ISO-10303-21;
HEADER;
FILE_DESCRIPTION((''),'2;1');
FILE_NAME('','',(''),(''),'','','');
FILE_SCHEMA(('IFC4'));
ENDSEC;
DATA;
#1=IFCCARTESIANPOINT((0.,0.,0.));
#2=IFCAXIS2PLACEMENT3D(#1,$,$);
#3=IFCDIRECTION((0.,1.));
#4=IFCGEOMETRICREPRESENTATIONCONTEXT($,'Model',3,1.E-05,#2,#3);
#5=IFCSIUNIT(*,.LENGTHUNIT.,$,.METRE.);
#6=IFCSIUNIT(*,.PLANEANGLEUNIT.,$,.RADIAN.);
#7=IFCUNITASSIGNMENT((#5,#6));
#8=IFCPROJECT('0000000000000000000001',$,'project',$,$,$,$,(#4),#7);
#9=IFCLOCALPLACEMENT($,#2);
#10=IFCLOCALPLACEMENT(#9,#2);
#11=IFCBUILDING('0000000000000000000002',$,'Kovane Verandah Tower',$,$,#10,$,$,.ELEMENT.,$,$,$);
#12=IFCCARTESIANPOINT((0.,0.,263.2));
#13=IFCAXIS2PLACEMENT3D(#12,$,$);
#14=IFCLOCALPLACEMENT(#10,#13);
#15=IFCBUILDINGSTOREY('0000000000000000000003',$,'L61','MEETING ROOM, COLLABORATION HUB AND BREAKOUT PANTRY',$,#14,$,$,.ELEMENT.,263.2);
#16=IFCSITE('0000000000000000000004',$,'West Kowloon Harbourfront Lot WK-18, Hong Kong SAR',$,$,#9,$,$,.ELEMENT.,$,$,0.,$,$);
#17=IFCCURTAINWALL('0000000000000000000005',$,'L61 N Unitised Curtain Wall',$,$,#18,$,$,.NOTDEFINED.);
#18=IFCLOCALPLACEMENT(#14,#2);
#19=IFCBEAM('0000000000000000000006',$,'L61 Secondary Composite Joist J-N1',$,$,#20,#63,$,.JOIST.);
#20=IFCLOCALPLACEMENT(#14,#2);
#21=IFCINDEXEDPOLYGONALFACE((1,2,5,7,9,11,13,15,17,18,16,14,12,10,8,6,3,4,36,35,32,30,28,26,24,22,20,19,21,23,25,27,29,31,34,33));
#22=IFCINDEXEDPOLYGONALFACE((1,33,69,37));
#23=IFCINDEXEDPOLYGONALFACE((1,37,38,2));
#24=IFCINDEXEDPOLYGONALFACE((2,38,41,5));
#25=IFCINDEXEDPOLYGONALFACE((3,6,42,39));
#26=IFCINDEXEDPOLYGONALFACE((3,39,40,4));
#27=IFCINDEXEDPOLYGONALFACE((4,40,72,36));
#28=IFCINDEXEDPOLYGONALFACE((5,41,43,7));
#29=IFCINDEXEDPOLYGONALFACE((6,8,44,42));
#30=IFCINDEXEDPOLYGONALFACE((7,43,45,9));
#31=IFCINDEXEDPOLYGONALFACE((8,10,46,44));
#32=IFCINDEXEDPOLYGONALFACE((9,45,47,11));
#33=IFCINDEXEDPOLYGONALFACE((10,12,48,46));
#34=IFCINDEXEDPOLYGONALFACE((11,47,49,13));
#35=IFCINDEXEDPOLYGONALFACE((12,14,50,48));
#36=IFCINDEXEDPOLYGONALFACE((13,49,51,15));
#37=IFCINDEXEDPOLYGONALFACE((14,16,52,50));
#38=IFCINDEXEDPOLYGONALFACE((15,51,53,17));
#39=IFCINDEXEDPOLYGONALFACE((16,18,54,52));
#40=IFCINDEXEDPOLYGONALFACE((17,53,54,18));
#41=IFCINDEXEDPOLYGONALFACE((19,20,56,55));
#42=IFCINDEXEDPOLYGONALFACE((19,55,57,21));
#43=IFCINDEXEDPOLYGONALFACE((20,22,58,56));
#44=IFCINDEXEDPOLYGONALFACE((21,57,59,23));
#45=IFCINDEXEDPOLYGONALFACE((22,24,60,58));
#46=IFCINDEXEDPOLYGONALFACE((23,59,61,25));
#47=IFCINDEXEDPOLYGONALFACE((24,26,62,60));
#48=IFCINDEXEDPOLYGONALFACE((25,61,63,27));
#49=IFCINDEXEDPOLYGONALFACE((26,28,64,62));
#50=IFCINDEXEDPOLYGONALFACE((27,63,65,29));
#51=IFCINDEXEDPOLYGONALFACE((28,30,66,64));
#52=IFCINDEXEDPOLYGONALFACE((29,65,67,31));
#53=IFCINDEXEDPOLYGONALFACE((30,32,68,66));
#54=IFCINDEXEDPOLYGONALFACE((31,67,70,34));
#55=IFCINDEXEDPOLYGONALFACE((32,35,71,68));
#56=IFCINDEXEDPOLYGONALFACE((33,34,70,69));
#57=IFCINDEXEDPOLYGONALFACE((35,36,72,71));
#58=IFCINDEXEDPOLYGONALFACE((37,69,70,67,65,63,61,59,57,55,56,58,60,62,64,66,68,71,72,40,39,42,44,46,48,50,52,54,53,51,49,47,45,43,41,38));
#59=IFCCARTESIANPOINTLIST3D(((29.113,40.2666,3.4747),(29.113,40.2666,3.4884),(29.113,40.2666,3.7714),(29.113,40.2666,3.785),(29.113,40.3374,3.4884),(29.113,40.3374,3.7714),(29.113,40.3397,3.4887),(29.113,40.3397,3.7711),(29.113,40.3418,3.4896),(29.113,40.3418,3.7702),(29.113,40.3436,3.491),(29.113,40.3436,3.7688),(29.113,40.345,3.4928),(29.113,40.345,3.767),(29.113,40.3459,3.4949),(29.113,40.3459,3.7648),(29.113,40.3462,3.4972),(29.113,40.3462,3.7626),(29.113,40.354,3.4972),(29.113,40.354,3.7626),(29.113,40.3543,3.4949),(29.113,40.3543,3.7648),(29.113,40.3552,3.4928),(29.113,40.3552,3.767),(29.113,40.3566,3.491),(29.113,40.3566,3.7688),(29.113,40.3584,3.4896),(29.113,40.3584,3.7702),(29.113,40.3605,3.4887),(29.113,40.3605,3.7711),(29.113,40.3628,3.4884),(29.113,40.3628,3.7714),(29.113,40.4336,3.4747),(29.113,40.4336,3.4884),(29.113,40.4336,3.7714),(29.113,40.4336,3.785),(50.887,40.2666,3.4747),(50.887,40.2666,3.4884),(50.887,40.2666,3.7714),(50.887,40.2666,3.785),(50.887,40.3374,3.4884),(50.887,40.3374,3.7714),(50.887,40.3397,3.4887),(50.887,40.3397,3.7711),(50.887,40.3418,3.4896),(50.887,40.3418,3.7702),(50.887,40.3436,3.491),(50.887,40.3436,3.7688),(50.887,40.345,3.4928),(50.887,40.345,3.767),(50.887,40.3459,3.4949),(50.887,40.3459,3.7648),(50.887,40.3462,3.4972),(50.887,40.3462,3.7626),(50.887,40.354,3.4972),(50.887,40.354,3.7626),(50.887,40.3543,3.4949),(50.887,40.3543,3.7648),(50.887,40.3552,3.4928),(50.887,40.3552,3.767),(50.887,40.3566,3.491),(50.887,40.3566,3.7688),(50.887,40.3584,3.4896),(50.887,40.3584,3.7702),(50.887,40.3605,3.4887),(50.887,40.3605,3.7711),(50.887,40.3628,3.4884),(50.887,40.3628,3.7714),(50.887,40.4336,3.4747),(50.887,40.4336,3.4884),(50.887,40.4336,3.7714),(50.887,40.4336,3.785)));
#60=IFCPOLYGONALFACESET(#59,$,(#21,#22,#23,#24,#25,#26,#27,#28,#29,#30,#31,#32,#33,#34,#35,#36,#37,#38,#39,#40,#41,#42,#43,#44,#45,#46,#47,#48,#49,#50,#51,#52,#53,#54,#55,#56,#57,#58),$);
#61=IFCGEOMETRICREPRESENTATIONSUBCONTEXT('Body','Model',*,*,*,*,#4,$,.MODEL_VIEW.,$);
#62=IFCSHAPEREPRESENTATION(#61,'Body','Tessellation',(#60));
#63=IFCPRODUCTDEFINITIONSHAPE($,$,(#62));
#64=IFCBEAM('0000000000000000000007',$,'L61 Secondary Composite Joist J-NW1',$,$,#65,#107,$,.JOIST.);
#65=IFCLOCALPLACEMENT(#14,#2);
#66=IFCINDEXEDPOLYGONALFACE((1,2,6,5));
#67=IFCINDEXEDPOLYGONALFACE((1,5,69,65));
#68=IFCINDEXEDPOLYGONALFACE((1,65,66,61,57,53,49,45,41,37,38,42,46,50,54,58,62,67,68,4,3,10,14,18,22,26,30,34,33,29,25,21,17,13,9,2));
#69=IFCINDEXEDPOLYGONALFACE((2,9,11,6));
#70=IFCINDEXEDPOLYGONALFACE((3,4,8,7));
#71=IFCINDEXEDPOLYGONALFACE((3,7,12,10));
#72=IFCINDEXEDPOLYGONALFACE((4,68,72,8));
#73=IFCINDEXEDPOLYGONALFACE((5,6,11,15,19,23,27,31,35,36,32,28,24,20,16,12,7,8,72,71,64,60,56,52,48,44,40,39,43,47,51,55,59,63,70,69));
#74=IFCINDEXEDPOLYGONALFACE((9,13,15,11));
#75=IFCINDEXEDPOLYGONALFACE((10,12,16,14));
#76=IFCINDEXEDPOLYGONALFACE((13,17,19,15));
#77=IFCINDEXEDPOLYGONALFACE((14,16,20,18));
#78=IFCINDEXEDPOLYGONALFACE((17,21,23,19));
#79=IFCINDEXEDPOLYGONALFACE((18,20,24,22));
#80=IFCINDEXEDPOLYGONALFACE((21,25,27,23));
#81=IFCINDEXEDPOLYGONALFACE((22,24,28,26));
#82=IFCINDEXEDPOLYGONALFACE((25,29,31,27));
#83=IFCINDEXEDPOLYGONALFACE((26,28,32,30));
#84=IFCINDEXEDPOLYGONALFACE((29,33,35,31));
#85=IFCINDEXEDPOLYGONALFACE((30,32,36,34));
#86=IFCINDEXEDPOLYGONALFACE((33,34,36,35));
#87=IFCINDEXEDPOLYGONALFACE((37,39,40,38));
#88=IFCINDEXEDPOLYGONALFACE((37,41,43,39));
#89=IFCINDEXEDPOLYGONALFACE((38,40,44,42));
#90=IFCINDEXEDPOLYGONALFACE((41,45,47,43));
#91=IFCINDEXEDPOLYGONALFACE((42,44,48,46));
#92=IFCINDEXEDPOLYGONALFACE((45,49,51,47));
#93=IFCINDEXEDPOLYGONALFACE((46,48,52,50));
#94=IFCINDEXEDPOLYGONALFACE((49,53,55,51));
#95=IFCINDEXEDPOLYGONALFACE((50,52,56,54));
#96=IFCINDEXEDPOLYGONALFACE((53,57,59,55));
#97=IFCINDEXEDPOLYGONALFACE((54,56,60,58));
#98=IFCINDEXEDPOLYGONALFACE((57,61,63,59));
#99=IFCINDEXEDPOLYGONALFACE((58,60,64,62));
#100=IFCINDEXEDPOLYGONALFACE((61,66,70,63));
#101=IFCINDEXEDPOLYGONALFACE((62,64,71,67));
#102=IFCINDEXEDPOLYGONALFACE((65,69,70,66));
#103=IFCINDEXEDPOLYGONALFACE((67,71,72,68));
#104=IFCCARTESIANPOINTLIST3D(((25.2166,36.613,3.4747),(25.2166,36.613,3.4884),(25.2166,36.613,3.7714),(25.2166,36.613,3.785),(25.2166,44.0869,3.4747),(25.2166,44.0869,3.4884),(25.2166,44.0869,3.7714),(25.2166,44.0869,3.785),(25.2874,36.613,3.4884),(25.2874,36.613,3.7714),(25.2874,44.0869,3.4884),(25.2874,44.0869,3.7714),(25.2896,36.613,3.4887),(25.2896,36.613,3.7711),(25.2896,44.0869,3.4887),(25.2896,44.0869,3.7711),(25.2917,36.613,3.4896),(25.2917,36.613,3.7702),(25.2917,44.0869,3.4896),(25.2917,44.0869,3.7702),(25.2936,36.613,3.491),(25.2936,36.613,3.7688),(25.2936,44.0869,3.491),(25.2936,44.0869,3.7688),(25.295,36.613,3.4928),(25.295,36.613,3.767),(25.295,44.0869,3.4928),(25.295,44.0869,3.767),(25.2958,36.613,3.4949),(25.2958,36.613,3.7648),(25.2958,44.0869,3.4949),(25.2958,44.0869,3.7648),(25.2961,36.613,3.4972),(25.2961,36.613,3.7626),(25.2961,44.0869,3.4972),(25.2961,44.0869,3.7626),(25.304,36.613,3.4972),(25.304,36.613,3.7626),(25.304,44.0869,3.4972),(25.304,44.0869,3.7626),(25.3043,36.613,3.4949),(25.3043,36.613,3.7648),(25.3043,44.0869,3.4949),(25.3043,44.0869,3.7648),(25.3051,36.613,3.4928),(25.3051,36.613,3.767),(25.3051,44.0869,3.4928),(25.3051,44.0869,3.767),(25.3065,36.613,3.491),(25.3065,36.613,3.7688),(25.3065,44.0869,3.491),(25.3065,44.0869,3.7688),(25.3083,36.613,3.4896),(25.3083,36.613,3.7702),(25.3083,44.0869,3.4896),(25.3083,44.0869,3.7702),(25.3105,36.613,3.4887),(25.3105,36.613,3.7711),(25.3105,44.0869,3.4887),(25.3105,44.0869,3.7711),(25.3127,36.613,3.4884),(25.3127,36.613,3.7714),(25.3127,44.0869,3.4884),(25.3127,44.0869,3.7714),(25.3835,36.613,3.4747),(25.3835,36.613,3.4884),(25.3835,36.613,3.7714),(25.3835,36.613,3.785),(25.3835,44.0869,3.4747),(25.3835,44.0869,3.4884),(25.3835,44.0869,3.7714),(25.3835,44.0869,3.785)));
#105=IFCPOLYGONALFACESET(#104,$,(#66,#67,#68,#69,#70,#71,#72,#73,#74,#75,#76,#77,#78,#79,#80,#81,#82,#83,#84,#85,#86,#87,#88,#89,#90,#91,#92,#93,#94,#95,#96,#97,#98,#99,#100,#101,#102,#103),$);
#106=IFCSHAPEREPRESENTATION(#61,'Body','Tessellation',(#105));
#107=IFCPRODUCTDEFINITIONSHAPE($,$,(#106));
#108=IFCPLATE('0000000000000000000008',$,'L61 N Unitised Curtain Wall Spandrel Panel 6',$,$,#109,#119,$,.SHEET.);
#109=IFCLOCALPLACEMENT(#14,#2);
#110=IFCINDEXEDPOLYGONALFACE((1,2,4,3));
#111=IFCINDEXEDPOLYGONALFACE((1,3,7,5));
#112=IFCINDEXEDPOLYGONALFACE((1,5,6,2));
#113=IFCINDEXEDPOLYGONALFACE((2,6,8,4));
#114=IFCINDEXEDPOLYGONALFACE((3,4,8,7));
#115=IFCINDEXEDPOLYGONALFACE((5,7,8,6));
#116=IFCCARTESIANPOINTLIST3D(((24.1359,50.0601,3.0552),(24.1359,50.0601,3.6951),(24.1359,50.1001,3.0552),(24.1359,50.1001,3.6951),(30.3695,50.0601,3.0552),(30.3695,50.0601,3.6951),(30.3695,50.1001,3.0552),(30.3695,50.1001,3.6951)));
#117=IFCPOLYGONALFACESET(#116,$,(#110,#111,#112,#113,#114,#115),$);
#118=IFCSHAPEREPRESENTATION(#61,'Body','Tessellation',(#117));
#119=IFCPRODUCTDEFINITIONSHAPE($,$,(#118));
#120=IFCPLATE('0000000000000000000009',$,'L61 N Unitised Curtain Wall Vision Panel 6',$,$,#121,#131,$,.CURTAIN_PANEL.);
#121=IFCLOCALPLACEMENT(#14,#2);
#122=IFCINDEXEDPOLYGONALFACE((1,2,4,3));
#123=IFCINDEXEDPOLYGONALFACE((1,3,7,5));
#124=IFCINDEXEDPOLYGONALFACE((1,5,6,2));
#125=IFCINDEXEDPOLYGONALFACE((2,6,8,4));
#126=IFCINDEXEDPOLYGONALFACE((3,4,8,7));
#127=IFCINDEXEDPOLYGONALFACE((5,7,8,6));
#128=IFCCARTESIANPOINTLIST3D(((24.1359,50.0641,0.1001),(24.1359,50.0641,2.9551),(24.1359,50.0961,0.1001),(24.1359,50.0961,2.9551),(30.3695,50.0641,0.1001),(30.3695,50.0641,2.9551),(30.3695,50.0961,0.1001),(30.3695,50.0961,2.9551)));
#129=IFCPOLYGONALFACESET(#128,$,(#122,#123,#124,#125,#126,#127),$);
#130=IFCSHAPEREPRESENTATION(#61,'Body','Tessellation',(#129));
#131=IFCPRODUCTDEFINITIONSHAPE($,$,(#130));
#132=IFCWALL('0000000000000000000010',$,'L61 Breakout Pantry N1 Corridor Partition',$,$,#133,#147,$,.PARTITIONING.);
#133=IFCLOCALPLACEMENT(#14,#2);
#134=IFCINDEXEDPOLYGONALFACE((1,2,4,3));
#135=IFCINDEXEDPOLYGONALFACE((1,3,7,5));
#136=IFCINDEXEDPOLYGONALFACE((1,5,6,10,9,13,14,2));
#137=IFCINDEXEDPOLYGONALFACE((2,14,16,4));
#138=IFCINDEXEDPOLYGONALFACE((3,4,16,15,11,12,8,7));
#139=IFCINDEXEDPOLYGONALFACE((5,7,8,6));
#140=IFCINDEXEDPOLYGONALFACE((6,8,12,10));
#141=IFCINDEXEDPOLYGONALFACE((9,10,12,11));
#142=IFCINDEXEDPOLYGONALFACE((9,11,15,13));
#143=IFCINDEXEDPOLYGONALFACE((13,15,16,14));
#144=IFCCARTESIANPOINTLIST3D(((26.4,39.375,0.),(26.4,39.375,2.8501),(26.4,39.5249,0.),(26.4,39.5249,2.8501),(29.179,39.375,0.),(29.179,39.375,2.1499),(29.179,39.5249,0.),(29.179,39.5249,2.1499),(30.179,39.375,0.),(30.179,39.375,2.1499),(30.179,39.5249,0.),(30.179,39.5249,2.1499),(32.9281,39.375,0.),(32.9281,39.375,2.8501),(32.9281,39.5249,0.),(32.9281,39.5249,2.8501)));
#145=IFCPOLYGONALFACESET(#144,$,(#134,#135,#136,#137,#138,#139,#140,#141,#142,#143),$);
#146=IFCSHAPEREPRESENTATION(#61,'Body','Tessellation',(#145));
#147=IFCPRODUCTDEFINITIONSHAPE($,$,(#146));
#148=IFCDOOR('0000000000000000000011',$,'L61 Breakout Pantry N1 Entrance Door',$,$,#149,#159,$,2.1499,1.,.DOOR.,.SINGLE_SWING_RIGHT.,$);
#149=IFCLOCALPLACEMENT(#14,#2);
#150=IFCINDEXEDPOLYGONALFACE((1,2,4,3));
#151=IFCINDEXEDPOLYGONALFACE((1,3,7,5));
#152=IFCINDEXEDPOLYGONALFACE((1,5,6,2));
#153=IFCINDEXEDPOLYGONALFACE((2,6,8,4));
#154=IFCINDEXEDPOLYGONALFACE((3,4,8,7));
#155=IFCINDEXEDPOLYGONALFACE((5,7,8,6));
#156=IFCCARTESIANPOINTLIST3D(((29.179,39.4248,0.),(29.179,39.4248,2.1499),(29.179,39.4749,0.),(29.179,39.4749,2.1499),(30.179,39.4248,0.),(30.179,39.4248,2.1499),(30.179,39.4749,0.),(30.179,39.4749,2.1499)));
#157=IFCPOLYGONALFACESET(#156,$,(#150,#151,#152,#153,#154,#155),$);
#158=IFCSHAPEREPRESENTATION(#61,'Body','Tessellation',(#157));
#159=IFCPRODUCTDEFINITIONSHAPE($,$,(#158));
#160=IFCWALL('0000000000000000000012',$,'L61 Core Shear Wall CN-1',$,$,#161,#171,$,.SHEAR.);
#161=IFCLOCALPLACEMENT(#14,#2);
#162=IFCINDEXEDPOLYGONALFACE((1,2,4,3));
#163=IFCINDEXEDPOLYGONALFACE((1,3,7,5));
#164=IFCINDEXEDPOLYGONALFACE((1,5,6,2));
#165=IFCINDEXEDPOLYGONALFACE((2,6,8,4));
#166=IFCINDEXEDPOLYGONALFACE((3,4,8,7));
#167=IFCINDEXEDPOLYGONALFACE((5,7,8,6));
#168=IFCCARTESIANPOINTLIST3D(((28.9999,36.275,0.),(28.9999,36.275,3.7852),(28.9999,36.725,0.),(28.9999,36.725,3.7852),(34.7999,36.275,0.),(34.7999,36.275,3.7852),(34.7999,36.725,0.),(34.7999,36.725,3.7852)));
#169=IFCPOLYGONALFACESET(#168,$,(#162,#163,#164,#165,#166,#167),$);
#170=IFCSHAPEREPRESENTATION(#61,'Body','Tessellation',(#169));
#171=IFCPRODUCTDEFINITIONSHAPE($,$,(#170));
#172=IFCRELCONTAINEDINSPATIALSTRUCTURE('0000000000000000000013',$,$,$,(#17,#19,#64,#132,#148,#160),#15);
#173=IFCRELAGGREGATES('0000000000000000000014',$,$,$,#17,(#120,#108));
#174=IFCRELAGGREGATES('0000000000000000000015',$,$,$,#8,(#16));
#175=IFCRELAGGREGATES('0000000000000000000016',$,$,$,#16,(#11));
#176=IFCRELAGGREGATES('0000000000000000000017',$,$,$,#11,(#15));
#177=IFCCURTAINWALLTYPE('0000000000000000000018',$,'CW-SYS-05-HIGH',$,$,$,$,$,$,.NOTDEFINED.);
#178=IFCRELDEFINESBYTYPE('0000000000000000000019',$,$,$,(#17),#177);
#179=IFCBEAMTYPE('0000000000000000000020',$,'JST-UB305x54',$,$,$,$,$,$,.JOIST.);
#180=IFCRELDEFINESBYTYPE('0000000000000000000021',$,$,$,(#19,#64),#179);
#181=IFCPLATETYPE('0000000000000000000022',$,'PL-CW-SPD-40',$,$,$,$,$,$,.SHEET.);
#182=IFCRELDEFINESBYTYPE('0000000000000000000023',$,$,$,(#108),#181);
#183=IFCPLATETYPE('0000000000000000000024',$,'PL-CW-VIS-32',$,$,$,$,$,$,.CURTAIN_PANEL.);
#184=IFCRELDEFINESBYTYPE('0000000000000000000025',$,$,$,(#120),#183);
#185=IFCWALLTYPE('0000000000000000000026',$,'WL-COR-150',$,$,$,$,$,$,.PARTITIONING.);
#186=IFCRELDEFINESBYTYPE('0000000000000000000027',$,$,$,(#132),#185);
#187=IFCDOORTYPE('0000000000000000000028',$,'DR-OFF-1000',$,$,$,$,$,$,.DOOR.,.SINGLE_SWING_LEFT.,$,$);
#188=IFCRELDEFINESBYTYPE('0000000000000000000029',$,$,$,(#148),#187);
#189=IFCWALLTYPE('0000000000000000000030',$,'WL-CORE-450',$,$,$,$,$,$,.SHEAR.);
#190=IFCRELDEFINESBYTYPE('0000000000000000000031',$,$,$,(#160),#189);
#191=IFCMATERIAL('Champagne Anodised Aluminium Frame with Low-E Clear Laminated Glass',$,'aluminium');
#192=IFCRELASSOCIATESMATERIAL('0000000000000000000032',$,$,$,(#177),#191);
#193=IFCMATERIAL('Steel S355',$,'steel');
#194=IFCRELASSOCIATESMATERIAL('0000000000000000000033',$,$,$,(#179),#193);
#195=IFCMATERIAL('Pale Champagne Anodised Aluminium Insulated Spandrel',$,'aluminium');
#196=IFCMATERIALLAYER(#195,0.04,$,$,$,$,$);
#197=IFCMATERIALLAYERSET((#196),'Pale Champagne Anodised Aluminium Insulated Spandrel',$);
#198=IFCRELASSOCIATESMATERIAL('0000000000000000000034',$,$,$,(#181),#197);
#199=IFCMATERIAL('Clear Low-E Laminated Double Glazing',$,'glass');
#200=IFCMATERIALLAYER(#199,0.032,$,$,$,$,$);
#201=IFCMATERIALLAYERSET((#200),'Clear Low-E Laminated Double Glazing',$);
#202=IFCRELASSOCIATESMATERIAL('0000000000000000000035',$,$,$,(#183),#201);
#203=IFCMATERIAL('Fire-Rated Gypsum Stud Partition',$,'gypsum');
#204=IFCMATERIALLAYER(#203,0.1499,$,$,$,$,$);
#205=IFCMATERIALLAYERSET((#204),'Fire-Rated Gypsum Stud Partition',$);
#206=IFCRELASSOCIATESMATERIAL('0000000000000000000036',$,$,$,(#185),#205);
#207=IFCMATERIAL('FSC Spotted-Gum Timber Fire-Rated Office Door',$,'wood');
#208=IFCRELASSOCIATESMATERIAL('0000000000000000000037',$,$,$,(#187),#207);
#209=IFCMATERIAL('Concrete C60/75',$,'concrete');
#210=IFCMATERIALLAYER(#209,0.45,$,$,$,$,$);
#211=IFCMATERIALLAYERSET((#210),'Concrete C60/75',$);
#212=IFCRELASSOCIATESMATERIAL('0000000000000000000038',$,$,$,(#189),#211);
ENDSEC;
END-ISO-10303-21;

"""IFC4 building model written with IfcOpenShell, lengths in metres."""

from ifc_helpers import new_model, si_unit, direction, frame, frame_2d, origin, origin_2d, place, context, subcontext, project, spatial, rectangle, i_section, extrude, material, layer, layer_set, material_profile, profile_set, type_object, element, fill, aggregate, save


model = new_model("IFC4")

# Units and contexts
model_context = context("Model", 3, precision=1e-05, world=origin(), true_north=direction((0.0, 1.0)))
body_context = subcontext(model_context, "Body", "Model", "MODEL_VIEW")
ifc_project = project(units=[si_unit("LENGTHUNIT", "METRE"), si_unit("PLANEANGLEUNIT", "RADIAN")], contexts=[model_context])

# Site, building, storey
site_placement = place(None, origin())
site = spatial("IfcSite", under=ifc_project, at=site_placement, Name="West Kowloon Harbourfront Lot WK-18, Hong Kong SAR", CompositionType="ELEMENT", RefElevation=0.0)
building_placement = place(site_placement, origin())
building = spatial("IfcBuilding", under=site, at=building_placement, Name="Kovane Verandah Tower", CompositionType="ELEMENT")
storey_placement = place(building_placement, frame((0.0, 0.0, 263.2)))
storey = spatial("IfcBuildingStorey", under=building, at=storey_placement, Name="L61", Description="MEETING ROOM, COLLABORATION HUB AND BREAKOUT PANTRY", CompositionType="ELEMENT", Elevation=263.2)

# Shared definitions
ifc_material_1 = material(Name="Concrete C60/75", Category="concrete")

# Shared definitions
ifc_material_2 = material(Name="Steel S355", Category="steel")

# Curtain wall
ifc_material_3 = material(Name="Champagne Anodised Aluminium Frame with Low-E Clear Laminated Glass", Category="aluminium")
curtain_wall_type = type_object("IfcCurtainWallType", Name="CW-SYS-05-HIGH", PredefinedType="NOTDEFINED", material=ifc_material_3)
curtain_wall_placement = place(storey_placement, origin())
curtain_wall = element("IfcCurtainWall", 1, at=curtain_wall_placement, inside=storey, type_object=curtain_wall_type, Name="L61 N Unitised Curtain Wall", PredefinedType="NOTDEFINED")

# Beams
ifc_material_profile_1 = material_profile(ifc_material_2, i_section(OverallWidth=0.167, OverallDepth=0.3103, WebThickness=0.0078, FlangeThickness=0.0137, FilletRadius=0.0088, at=origin_2d()), Name="UB305x165x54")
ifc_profile_set_1 = profile_set([ifc_material_profile_1], Name="Steel S355")
beam_type_1 = type_object("IfcBeamType", Name="JST-UB305x54", PredefinedType="JOIST", material=ifc_profile_set_1)
beam_1_placement = place(storey_placement, frame((29.113, 40.3501, 3.6299), z_axis=(1.0, 0.0, 0.0), x_axis=(0.0, 1.0, 0.0)))
element("IfcBeam", 2, at=beam_1_placement, inside=storey, type_object=beam_type_1, Name="L61 Secondary Composite Joist J-N1", PredefinedType="JOIST", context=body_context, shape_type="SweptSolid", body=[
    extrude(i_section(OverallWidth=0.167, OverallDepth=0.3103, WebThickness=0.0078, FlangeThickness=0.0137, FilletRadius=0.0088, at=origin_2d()), origin(), (0.0, 0.0, 1.0), 21.7739),
])
beam_2_placement = place(storey_placement, frame((25.3, 36.613, 3.6299), z_axis=(0.0, 1.0, 0.0), x_axis=(-1.0, 0.0, 0.0)))
element("IfcBeam", 3, at=beam_2_placement, inside=storey, type_object=beam_type_1, Name="L61 Secondary Composite Joist J-NW1", PredefinedType="JOIST", context=body_context, shape_type="SweptSolid", body=[
    extrude(i_section(OverallWidth=0.167, OverallDepth=0.3103, WebThickness=0.0078, FlangeThickness=0.0137, FilletRadius=0.0088, at=origin_2d()), origin(), (0.0, 0.0, 1.0), 7.4739),
])

# Plates
ifc_material_4 = material(Name="Pale Champagne Anodised Aluminium Insulated Spandrel", Category="aluminium")
ifc_layer_1 = layer(ifc_material_4, 0.04)
ifc_layer_set_1 = layer_set([ifc_layer_1], Name="Pale Champagne Anodised Aluminium Insulated Spandrel")
plate_type_1 = type_object("IfcPlateType", Name="PL-CW-SPD-40", PredefinedType="SHEET", material=ifc_layer_set_1)
plate_1_placement = place(storey_placement, frame((27.2527, 50.0801, 3.0552), z_axis=(0.0, 0.0, 1.0), x_axis=(-1.0, 0.0, 0.0)))
plate_1 = element("IfcPlate", 4, at=plate_1_placement, type_object=plate_type_1, Name="L61 N Unitised Curtain Wall Spandrel Panel 6", PredefinedType="SHEET", context=body_context, shape_type="SweptSolid", body=[
    extrude(rectangle(XDim=6.2336, YDim=0.04, at=origin_2d()), origin(), (0.0, 0.0, 1.0), 0.6399),
])
ifc_material_5 = material(Name="Clear Low-E Laminated Double Glazing", Category="glass")
ifc_layer_2 = layer(ifc_material_5, 0.032)
ifc_layer_set_2 = layer_set([ifc_layer_2], Name="Clear Low-E Laminated Double Glazing")
plate_type_2 = type_object("IfcPlateType", Name="PL-CW-VIS-32", PredefinedType="CURTAIN_PANEL", material=ifc_layer_set_2)
plate_2_placement = place(storey_placement, frame((27.2527, 50.0801, 0.1001), z_axis=(0.0, 0.0, 1.0), x_axis=(-1.0, 0.0, 0.0)))
plate_2 = element("IfcPlate", 5, at=plate_2_placement, type_object=plate_type_2, Name="L61 N Unitised Curtain Wall Vision Panel 6", PredefinedType="CURTAIN_PANEL", context=body_context, shape_type="SweptSolid", body=[
    extrude(rectangle(XDim=6.2336, YDim=0.032, at=origin_2d()), origin(), (0.0, 0.0, 1.0), 2.855),
])
aggregate(curtain_wall, [plate_2, plate_1])

# Wall, opening, door
ifc_material_6 = material(Name="Fire-Rated Gypsum Stud Partition", Category="gypsum")
ifc_layer_3 = layer(ifc_material_6, 0.1499)
ifc_layer_set_3 = layer_set([ifc_layer_3], Name="Fire-Rated Gypsum Stud Partition")
wall_type_1 = type_object("IfcWallType", Name="WL-COR-150", PredefinedType="PARTITIONING", material=ifc_layer_set_3)
wall_1_placement = place(storey_placement, frame((26.3999, 39.45, 0.0), z_axis=(0.0, 0.0, 1.0), x_axis=(1.0, 0.0, 0.0)))
wall_1 = element("IfcWall", 6, at=wall_1_placement, inside=storey, type_object=wall_type_1, Name="L61 Breakout Pantry N1 Corridor Partition", PredefinedType="PARTITIONING", context=body_context, shape_type="SweptSolid", body=[
    extrude(rectangle(XDim=6.5281, YDim=0.1499, at=frame_2d((3.2642, 0.0))), origin(), (0.0, 0.0, 1.0), 2.8501),
])
opening_placement = place(wall_1_placement, frame((2.7791, 0.0, 0.0)))
opening = element("IfcOpeningElement", 7, at=opening_placement, cuts=wall_1, PredefinedType="OPENING", context=body_context, shape_type="SweptSolid", body=[
    extrude(rectangle(XDim=1.0, YDim=2.1499, at=frame_2d((0.5, 1.075))), frame((0.0, 0.075, 0.0), z_axis=(0.0, -1.0, 0.0), x_axis=(1.0, 0.0, 0.0)), (0.0, 0.0, 1.0), 0.1499),
])
ifc_material_7 = material(Name="FSC Spotted-Gum Timber Fire-Rated Office Door", Category="wood")
door_type = type_object("IfcDoorType", Name="DR-OFF-1000", OperationType="SINGLE_SWING_LEFT", PredefinedType="DOOR", material=ifc_material_7)
door_placement = place(opening_placement, origin())
door = element("IfcDoor", 8, at=door_placement, inside=storey, type_object=door_type, Name="L61 Breakout Pantry N1 Entrance Door", OperationType="SINGLE_SWING_RIGHT", OverallHeight=2.1499, OverallWidth=1.0, PredefinedType="DOOR", context=body_context, shape_type="SweptSolid", body=[
    extrude(rectangle(XDim=1.0, YDim=2.1499, at=frame_2d((0.5, 1.075))), frame((0.0, 0.0249, 0.0), z_axis=(0.0, -1.0, 0.0), x_axis=(1.0, 0.0, 0.0)), (0.0, 0.0, 1.0), 0.05),
])
fill(opening, door)

# Wall
ifc_layer_4 = layer(ifc_material_1, 0.45)
ifc_layer_set_4 = layer_set([ifc_layer_4], Name="Concrete C60/75")
wall_type_2 = type_object("IfcWallType", Name="WL-CORE-450", PredefinedType="SHEAR", material=ifc_layer_set_4)
wall_2_placement = place(storey_placement, frame((29.0, 36.5, 0.0), z_axis=(0.0, 0.0, 1.0), x_axis=(1.0, 0.0, 0.0)))
element("IfcWall", 9, at=wall_2_placement, inside=storey, type_object=wall_type_2, Name="L61 Core Shear Wall CN-1", PredefinedType="SHEAR", context=body_context, shape_type="SweptSolid", body=[
    extrude(rectangle(XDim=5.8, YDim=0.45, at=frame_2d((2.8999, 0.0))), origin(), (0.0, 0.0, 1.0), 3.7852),
])

save(model, "model.ifc")
